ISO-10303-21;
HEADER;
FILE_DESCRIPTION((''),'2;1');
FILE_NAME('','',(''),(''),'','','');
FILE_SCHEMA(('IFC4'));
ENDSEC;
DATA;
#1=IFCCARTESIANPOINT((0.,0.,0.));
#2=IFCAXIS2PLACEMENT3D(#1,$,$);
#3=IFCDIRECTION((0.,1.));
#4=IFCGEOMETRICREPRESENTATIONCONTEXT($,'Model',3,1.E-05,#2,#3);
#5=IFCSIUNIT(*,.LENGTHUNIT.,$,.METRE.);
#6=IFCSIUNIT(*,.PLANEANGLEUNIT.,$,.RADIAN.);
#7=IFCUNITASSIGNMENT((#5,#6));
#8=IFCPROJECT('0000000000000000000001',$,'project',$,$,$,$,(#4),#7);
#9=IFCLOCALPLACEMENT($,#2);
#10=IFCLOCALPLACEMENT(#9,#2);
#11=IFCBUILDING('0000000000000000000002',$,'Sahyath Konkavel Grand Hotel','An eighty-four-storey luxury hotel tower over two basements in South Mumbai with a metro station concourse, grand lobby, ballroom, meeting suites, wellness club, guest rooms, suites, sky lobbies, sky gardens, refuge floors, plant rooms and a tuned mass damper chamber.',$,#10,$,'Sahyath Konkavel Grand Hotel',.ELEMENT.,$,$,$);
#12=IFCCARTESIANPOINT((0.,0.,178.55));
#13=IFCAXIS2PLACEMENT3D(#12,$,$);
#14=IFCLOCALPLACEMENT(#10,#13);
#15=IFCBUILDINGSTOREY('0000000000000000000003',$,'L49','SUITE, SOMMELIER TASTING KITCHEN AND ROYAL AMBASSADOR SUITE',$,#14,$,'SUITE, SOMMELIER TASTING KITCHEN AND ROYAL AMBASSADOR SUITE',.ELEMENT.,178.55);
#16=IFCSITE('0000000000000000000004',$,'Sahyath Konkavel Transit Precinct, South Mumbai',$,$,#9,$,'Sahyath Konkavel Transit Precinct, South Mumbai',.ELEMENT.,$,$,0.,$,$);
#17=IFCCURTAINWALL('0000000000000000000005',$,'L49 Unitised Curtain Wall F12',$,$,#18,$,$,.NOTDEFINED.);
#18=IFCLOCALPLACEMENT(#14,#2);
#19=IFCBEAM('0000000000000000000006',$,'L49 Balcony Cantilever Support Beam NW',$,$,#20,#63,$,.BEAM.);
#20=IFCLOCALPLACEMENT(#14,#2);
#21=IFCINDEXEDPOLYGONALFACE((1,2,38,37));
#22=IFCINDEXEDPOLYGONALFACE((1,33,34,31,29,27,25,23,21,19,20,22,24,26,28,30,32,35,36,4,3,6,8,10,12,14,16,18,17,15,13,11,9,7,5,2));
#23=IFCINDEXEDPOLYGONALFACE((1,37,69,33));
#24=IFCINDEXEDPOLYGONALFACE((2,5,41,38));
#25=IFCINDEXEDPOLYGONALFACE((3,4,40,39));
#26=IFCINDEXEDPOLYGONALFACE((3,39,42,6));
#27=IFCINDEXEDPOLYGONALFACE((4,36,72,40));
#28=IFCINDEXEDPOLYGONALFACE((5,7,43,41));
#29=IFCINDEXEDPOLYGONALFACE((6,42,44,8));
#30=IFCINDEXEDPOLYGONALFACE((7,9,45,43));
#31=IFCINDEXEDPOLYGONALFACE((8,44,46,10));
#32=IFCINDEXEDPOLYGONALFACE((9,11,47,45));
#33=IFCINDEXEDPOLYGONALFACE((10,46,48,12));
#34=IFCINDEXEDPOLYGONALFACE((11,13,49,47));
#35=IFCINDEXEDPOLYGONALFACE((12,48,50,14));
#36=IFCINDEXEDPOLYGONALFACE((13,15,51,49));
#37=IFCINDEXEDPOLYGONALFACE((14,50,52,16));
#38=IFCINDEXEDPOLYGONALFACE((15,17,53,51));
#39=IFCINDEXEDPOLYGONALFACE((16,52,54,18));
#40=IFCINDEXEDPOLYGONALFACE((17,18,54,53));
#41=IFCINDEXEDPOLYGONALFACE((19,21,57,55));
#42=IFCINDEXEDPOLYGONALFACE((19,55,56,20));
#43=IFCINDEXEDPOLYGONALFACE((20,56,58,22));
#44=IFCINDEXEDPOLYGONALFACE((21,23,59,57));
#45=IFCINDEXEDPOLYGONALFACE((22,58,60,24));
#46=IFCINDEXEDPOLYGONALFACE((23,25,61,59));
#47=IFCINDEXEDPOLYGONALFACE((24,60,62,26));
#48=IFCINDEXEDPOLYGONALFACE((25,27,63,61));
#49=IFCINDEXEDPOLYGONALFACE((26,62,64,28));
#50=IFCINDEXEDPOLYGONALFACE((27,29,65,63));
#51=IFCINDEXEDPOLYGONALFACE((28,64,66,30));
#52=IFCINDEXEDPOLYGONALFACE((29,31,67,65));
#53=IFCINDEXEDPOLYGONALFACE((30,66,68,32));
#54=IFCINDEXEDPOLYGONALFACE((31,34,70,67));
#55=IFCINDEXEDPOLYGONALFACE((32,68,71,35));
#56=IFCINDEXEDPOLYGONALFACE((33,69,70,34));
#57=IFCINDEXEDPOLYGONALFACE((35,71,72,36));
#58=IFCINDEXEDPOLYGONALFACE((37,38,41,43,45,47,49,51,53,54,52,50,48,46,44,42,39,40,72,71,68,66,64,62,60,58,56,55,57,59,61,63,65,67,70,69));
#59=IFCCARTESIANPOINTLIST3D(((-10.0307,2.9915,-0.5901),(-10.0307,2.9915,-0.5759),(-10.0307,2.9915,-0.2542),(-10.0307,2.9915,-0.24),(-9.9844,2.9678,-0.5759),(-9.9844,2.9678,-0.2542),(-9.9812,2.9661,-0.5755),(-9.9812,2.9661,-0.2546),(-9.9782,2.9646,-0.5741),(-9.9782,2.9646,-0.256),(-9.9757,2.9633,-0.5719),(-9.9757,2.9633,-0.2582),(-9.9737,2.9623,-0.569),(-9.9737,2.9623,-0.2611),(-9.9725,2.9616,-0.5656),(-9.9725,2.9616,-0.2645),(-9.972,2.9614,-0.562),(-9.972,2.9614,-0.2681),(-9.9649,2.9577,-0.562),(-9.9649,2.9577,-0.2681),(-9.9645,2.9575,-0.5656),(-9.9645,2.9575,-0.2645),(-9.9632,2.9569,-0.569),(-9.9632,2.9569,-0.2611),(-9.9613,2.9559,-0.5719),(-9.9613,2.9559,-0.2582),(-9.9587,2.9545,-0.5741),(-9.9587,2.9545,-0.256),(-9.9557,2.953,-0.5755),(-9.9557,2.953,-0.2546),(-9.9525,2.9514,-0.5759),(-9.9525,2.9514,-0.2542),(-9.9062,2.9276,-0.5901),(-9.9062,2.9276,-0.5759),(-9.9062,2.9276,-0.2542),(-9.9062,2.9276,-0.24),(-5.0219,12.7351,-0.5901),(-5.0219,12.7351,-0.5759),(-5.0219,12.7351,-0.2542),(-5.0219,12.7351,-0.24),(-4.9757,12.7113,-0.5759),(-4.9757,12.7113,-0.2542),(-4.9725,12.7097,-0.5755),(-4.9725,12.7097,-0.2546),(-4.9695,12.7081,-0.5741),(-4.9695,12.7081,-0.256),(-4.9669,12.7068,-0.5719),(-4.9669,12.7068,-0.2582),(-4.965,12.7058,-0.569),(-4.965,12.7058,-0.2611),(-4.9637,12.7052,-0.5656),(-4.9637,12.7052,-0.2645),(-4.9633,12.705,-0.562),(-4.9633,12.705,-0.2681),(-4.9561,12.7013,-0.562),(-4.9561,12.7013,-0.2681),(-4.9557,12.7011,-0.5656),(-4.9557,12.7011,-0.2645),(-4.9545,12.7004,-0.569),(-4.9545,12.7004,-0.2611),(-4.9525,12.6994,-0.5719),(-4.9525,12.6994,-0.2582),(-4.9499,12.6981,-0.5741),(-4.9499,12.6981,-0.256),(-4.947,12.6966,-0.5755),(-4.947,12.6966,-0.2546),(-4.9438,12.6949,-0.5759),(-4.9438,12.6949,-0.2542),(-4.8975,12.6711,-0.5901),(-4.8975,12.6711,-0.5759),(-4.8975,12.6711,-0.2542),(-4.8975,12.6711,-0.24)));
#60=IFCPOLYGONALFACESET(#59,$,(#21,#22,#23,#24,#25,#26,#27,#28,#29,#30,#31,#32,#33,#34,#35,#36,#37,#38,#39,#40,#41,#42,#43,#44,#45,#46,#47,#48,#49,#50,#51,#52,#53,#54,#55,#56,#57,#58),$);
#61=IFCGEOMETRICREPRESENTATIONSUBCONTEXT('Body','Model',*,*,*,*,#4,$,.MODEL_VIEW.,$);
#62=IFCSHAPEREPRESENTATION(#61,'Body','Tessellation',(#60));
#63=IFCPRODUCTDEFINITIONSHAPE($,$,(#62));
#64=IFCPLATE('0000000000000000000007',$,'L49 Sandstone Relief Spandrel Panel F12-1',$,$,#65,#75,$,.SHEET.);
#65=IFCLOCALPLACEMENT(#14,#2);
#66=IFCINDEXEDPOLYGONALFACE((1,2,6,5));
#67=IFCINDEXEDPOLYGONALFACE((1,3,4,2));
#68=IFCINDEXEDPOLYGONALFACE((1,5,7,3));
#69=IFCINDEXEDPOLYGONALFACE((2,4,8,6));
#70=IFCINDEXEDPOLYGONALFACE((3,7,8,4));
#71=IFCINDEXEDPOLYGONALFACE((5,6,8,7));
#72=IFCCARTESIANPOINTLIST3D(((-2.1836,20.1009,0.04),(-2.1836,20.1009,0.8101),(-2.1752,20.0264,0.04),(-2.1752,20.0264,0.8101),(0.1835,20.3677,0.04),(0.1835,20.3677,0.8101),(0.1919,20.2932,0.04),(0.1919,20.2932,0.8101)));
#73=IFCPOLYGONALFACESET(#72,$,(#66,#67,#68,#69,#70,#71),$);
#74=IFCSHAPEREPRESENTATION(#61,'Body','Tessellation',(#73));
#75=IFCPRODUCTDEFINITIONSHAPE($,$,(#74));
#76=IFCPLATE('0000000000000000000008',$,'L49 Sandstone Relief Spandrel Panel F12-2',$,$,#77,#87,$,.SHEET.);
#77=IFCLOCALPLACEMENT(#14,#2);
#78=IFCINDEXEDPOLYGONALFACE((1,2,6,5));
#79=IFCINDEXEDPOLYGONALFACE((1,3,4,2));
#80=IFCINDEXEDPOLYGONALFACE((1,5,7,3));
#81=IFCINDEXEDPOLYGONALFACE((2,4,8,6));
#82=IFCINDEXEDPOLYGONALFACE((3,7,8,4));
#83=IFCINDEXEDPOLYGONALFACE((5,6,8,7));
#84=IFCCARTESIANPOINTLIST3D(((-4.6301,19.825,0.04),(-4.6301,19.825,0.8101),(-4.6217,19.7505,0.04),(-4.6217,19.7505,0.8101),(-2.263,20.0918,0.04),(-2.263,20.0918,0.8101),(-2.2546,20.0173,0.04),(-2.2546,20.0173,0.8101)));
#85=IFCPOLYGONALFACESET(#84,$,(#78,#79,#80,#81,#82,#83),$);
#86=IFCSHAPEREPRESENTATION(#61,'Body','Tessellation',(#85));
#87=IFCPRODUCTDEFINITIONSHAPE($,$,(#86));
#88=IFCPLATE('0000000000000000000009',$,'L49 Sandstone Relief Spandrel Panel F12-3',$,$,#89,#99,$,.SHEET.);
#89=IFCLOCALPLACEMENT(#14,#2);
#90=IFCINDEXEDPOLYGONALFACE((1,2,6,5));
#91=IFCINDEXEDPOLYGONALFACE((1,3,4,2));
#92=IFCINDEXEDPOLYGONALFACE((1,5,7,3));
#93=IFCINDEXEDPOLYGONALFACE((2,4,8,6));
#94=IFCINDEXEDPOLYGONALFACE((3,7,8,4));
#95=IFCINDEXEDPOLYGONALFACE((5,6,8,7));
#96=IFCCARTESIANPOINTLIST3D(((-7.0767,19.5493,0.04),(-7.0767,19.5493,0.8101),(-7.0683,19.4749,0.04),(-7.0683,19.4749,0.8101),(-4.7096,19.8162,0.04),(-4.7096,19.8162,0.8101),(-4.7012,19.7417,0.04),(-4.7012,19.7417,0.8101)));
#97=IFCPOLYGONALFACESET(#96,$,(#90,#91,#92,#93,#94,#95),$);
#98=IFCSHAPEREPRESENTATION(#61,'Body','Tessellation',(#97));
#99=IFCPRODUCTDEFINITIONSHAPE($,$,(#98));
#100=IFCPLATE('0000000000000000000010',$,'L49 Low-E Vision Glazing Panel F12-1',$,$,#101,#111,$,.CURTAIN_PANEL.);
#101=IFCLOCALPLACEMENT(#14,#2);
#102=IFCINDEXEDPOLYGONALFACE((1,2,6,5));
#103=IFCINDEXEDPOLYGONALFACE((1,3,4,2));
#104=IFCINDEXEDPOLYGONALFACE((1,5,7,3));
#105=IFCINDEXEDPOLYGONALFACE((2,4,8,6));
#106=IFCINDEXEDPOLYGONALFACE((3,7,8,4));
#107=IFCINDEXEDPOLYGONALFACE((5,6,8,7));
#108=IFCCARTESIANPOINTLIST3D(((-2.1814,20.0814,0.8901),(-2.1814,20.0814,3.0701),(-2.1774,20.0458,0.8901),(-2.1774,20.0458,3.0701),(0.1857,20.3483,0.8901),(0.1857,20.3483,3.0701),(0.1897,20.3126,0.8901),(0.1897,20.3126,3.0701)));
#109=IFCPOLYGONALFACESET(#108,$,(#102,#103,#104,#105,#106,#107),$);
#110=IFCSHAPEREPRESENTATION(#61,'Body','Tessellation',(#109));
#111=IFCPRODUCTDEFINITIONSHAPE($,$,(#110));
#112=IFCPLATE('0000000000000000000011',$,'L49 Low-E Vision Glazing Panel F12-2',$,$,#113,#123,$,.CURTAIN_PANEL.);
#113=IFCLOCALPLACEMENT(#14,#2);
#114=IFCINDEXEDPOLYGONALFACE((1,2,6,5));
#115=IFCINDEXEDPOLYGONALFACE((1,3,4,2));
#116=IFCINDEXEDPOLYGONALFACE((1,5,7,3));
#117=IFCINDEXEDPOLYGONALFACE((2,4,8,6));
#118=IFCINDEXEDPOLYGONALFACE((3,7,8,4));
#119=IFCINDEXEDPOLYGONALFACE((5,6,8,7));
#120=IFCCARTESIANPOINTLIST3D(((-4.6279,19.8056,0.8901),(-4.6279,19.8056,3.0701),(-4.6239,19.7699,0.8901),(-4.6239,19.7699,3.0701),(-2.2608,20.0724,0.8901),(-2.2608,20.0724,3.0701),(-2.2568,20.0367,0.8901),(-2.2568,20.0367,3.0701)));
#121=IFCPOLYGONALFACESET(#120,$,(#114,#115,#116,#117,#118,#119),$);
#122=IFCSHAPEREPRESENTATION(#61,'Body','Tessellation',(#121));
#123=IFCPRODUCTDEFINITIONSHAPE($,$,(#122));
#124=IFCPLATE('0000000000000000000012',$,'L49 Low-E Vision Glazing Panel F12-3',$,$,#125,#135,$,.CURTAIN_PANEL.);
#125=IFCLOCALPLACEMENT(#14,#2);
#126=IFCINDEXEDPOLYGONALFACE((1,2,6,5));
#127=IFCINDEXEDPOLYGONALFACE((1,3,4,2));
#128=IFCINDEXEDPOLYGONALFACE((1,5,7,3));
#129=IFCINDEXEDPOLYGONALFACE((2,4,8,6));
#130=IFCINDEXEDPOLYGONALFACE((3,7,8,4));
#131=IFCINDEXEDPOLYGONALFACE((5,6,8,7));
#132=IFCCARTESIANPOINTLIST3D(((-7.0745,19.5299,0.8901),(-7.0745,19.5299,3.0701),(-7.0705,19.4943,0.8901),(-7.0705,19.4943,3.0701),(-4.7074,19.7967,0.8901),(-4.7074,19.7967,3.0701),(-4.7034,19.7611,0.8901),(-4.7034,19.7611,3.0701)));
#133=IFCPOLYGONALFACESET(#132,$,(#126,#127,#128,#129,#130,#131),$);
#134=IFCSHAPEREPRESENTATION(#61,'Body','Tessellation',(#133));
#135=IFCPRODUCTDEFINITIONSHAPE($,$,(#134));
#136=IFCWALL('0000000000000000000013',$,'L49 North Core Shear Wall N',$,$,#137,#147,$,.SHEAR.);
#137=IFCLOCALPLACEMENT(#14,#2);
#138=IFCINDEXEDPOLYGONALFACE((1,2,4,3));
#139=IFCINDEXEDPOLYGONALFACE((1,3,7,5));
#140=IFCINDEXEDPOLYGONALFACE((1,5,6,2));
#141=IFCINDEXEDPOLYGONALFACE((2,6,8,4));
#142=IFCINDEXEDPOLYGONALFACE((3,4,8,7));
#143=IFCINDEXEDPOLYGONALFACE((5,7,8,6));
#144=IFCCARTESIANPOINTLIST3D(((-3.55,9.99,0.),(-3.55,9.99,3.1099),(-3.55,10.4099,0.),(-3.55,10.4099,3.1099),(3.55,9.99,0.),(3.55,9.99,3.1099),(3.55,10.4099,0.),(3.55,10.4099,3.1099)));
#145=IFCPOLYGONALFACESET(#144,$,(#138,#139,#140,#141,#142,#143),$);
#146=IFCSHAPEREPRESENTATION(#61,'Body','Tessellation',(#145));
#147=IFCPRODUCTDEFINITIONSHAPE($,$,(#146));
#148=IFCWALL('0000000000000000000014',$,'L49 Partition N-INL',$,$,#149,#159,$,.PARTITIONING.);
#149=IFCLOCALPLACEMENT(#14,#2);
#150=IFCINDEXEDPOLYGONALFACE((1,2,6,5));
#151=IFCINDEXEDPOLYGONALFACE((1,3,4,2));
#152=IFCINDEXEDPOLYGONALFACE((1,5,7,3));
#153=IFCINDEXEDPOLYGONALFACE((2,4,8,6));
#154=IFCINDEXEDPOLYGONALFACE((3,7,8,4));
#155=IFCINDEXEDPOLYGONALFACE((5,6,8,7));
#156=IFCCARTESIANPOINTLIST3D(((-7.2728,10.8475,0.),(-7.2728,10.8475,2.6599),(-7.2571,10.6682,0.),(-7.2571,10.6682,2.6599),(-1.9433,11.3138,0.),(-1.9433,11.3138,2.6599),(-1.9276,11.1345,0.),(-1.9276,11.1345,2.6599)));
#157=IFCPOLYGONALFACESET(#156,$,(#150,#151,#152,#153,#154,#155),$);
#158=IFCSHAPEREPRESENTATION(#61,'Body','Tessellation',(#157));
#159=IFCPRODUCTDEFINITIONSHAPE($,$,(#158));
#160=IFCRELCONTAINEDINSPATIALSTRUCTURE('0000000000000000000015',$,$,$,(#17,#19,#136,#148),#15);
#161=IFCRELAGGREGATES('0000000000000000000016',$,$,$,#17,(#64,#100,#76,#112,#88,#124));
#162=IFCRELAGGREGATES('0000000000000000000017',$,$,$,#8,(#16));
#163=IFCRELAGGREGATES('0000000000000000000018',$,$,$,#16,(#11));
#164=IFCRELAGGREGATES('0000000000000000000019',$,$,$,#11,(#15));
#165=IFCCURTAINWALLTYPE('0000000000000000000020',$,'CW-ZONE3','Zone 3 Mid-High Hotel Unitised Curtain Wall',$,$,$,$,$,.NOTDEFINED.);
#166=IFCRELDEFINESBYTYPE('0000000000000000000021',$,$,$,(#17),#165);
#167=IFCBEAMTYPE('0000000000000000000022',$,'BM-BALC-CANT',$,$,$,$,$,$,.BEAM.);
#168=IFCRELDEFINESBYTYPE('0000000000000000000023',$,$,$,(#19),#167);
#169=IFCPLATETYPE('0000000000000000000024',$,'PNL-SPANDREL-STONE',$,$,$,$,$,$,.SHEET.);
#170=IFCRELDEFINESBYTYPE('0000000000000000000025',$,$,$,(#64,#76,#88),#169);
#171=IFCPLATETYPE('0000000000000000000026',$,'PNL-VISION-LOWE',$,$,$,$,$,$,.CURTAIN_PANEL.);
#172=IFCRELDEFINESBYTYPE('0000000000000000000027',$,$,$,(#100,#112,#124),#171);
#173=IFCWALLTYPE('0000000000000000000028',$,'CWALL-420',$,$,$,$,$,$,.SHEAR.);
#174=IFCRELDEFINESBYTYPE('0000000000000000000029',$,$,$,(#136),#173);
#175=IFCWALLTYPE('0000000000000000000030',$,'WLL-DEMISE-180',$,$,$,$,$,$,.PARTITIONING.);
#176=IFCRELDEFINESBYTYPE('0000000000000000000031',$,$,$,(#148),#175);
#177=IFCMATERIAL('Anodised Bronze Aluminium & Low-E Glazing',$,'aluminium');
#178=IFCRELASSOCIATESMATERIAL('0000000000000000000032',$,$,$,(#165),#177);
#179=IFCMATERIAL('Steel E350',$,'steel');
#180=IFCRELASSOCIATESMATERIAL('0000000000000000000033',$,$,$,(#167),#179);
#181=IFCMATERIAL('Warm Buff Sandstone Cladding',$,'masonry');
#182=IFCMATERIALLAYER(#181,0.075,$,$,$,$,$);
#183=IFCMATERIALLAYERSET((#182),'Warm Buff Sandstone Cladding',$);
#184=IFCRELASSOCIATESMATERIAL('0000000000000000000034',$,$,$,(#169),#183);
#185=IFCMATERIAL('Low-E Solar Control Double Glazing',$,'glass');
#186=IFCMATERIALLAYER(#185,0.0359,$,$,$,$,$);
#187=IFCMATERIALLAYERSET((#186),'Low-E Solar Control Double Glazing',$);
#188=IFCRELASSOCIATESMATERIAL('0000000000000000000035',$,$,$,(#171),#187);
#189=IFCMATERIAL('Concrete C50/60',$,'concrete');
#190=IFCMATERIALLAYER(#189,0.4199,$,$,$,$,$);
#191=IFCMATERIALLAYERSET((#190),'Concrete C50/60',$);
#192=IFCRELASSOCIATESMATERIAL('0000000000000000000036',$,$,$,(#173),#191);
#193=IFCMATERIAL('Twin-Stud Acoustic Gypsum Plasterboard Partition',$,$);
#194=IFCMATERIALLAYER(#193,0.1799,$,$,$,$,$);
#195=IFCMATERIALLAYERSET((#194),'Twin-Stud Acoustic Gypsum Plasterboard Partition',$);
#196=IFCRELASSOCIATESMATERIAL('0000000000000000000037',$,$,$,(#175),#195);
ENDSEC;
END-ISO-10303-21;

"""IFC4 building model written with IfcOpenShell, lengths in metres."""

from ifc_helpers import new_model, si_unit, direction, frame, frame_2d, origin, origin_2d, place, context, subcontext, project, spatial, rectangle, i_section, extrude, source, transform, mapped, material, layer, layer_set, material_profile, profile_set, type_object, element, aggregate, save


model = new_model("IFC4")

# Units and contexts
model_context = context("Model", 3, precision=1e-05, world=origin(), true_north=direction((0.0, 1.0)))
body_context = subcontext(model_context, "Body", "Model", "MODEL_VIEW")
ifc_project = project(units=[si_unit("LENGTHUNIT", "METRE"), si_unit("PLANEANGLEUNIT", "RADIAN")], contexts=[model_context])

# Site, building, storey
site_placement = place(None, origin())
site = spatial("IfcSite", under=ifc_project, at=site_placement, Name="Sahyath Konkavel Transit Precinct, South Mumbai", LongName="Sahyath Konkavel Transit Precinct, South Mumbai", CompositionType="ELEMENT", RefElevation=0.0)
building_placement = place(site_placement, origin())
building = spatial("IfcBuilding", under=site, at=building_placement, Name="Sahyath Konkavel Grand Hotel", Description="An eighty-four-storey luxury hotel tower over two basements in South Mumbai with a metro station concourse, grand lobby, ballroom, meeting suites, wellness club, guest rooms, suites, sky lobbies, sky gardens, refuge floors, plant rooms and a tuned mass damper chamber.", LongName="Sahyath Konkavel Grand Hotel", CompositionType="ELEMENT")
storey_placement = place(building_placement, frame((0.0, 0.0, 178.55)))
storey = spatial("IfcBuildingStorey", under=building, at=storey_placement, Name="L49", Description="SUITE, SOMMELIER TASTING KITCHEN AND ROYAL AMBASSADOR SUITE", LongName="SUITE, SOMMELIER TASTING KITCHEN AND ROYAL AMBASSADOR SUITE", CompositionType="ELEMENT", Elevation=178.55)

# Shared definitions
ifc_material_1 = material(Name="Concrete C50/60", Category="concrete")

# Shared definitions
ifc_material_2 = material(Name="Steel E350", Category="steel")

# Curtain wall
ifc_material_3 = material(Name="Anodised Bronze Aluminium & Low-E Glazing", Category="aluminium")
curtain_wall_type = type_object("IfcCurtainWallType", Name="CW-ZONE3", Description="Zone 3 Mid-High Hotel Unitised Curtain Wall", PredefinedType="NOTDEFINED", material=ifc_material_3)
curtain_wall_placement = place(storey_placement, origin())
curtain_wall = element("IfcCurtainWall", 1, at=curtain_wall_placement, inside=storey, type_object=curtain_wall_type, Name="L49 Unitised Curtain Wall F12", PredefinedType="NOTDEFINED")

# Beam
ifc_material_profile_1 = material_profile(ifc_material_2, i_section(OverallWidth=0.1399, OverallDepth=0.3501, WebThickness=0.0081, FlangeThickness=0.0142, FilletRadius=0.0139, at=origin_2d()), Name="ISMB 350")
ifc_profile_set_1 = profile_set([ifc_material_profile_1], Name="Steel E350")
beam_type_1 = type_object("IfcBeamType", Name="BM-BALC-CANT", PredefinedType="BEAM", material=ifc_profile_set_1)
shared_shape_1 = source(origin(), body_context, "Body", "SweptSolid", [
    extrude(i_section(OverallWidth=0.1399, OverallDepth=0.3501, WebThickness=0.0081, FlangeThickness=0.0142, FilletRadius=0.0139, at=origin_2d()), origin(), (0.0, 0.0, 1.0), 10.9556),
])
beam_1_placement = place(storey_placement, frame((-4.9597, 12.7031, -0.415), z_axis=(-0.457187, -0.889371, 0.0), x_axis=(0.889371, -0.457187, 0.0)))
element("IfcBeam", 2, at=beam_1_placement, inside=storey, type_object=beam_type_1, Name="L49 Balcony Cantilever Support Beam NW", PredefinedType="BEAM", context=body_context, shape_type="MappedRepresentation", body=[
    mapped(shared_shape_1, transform((0.0, 0.0, 0.0), scale=1.0)),
])

# Plates
ifc_material_4 = material(Name="Warm Buff Sandstone Cladding", Category="masonry")
ifc_layer_1 = layer(ifc_material_4, 0.075)
ifc_layer_set_1 = layer_set([ifc_layer_1], Name="Warm Buff Sandstone Cladding")
plate_type_1 = type_object("IfcPlateType", Name="PNL-SPANDREL-STONE", PredefinedType="SHEET", material=ifc_layer_set_1)
shared_shape_2 = source(origin(), body_context, "Body", "SweptSolid", [
    extrude(rectangle(XDim=2.3821, YDim=0.075, at=origin_2d()), origin(), (0.0, 0.0, 1.0), 0.77),
])
plate_1_placement = place(storey_placement, frame((-0.9958, 20.197, 0.04), z_axis=(0.0, 0.0, 1.0), x_axis=(-0.993707, -0.112007, 0.0)))
plate_1 = element("IfcPlate", 3, at=plate_1_placement, type_object=plate_type_1, Name="L49 Sandstone Relief Spandrel Panel F12-1", PredefinedType="SHEET", context=body_context, shape_type="MappedRepresentation", body=[
    mapped(shared_shape_2, transform((0.0, 0.0, 0.0), scale=1.0)),
])
plate_2_placement = place(storey_placement, frame((-3.4424, 19.9211, 0.04), z_axis=(0.0, 0.0, 1.0), x_axis=(-0.993707, -0.112007, 0.0)))
plate_2 = element("IfcPlate", 4, at=plate_2_placement, type_object=plate_type_1, Name="L49 Sandstone Relief Spandrel Panel F12-2", PredefinedType="SHEET", context=body_context, shape_type="MappedRepresentation", body=[
    mapped(shared_shape_2, transform((0.0, 0.0, 0.0), scale=1.0)),
])
plate_3_placement = place(storey_placement, frame((-5.8889, 19.6455, 0.04), z_axis=(0.0, 0.0, 1.0), x_axis=(-0.993707, -0.112007, 0.0)))
plate_3 = element("IfcPlate", 5, at=plate_3_placement, type_object=plate_type_1, Name="L49 Sandstone Relief Spandrel Panel F12-3", PredefinedType="SHEET", context=body_context, shape_type="MappedRepresentation", body=[
    mapped(shared_shape_2, transform((0.0, 0.0, 0.0), scale=1.0)),
])
ifc_material_5 = material(Name="Low-E Solar Control Double Glazing", Category="glass")
ifc_layer_2 = layer(ifc_material_5, 0.0359)
ifc_layer_set_2 = layer_set([ifc_layer_2], Name="Low-E Solar Control Double Glazing")
plate_type_2 = type_object("IfcPlateType", Name="PNL-VISION-LOWE", PredefinedType="CURTAIN_PANEL", material=ifc_layer_set_2)
shared_shape_3 = source(origin(), body_context, "Body", "SweptSolid", [
    extrude(rectangle(XDim=2.3821, YDim=0.0359, at=origin_2d()), origin(), (0.0, 0.0, 1.0), 2.1799),
])
plate_4_placement = place(storey_placement, frame((-0.9958, 20.197, 0.8901), z_axis=(0.0, 0.0, 1.0), x_axis=(-0.993707, -0.112007, 0.0)))
plate_4 = element("IfcPlate", 6, at=plate_4_placement, type_object=plate_type_2, Name="L49 Low-E Vision Glazing Panel F12-1", PredefinedType="CURTAIN_PANEL", context=body_context, shape_type="MappedRepresentation", body=[
    mapped(shared_shape_3, transform((0.0, 0.0, 0.0), scale=1.0)),
])
plate_5_placement = place(storey_placement, frame((-3.4424, 19.9211, 0.8901), z_axis=(0.0, 0.0, 1.0), x_axis=(-0.993707, -0.112007, 0.0)))
plate_5 = element("IfcPlate", 7, at=plate_5_placement, type_object=plate_type_2, Name="L49 Low-E Vision Glazing Panel F12-2", PredefinedType="CURTAIN_PANEL", context=body_context, shape_type="MappedRepresentation", body=[
    mapped(shared_shape_3, transform((0.0, 0.0, 0.0), scale=1.0)),
])
plate_6_placement = place(storey_placement, frame((-5.8889, 19.6455, 0.8901), z_axis=(0.0, 0.0, 1.0), x_axis=(-0.993707, -0.112007, 0.0)))
plate_6 = element("IfcPlate", 8, at=plate_6_placement, type_object=plate_type_2, Name="L49 Low-E Vision Glazing Panel F12-3", PredefinedType="CURTAIN_PANEL", context=body_context, shape_type="MappedRepresentation", body=[
    mapped(shared_shape_3, transform((0.0, 0.0, 0.0), scale=1.0)),
])
aggregate(curtain_wall, [plate_1, plate_4, plate_2, plate_5, plate_3, plate_6])

# Walls
ifc_layer_3 = layer(ifc_material_1, 0.4199)
ifc_layer_set_3 = layer_set([ifc_layer_3], Name="Concrete C50/60")
wall_type_1 = type_object("IfcWallType", Name="CWALL-420", PredefinedType="SHEAR", material=ifc_layer_set_3)
wall_1_placement = place(storey_placement, frame((-3.55, 10.2, 0.0), z_axis=(0.0, 0.0, 1.0), x_axis=(1.0, 0.0, 0.0)))
element("IfcWall", 9, at=wall_1_placement, inside=storey, type_object=wall_type_1, Name="L49 North Core Shear Wall N", PredefinedType="SHEAR", context=body_context, shape_type="SweptSolid", body=[
    extrude(rectangle(XDim=7.1001, YDim=0.4199, at=frame_2d((3.55, 0.0))), origin(), (0.0, 0.0, 1.0), 3.1099),
])
ifc_material_6 = material(Name="Twin-Stud Acoustic Gypsum Plasterboard Partition")
ifc_layer_4 = layer(ifc_material_6, 0.1799)
ifc_layer_set_4 = layer_set([ifc_layer_4], Name="Twin-Stud Acoustic Gypsum Plasterboard Partition")
wall_type_2 = type_object("IfcWallType", Name="WLL-DEMISE-180", PredefinedType="PARTITIONING", material=ifc_layer_set_4)
wall_2_placement = place(storey_placement, frame((-1.9355, 11.2241, 0.0), z_axis=(0.0, 0.0, 1.0), x_axis=(-0.996194, -0.087161, 0.0)))
element("IfcWall", 10, at=wall_2_placement, inside=storey, type_object=wall_type_2, Name="L49 Partition N-INL", PredefinedType="PARTITIONING", context=body_context, shape_type="SweptSolid", body=[
    extrude(rectangle(XDim=5.3499, YDim=0.1799, at=frame_2d((2.6748, 0.0))), origin(), (0.0, 0.0, 1.0), 2.6599),
])

save(model, "model.ifc")
